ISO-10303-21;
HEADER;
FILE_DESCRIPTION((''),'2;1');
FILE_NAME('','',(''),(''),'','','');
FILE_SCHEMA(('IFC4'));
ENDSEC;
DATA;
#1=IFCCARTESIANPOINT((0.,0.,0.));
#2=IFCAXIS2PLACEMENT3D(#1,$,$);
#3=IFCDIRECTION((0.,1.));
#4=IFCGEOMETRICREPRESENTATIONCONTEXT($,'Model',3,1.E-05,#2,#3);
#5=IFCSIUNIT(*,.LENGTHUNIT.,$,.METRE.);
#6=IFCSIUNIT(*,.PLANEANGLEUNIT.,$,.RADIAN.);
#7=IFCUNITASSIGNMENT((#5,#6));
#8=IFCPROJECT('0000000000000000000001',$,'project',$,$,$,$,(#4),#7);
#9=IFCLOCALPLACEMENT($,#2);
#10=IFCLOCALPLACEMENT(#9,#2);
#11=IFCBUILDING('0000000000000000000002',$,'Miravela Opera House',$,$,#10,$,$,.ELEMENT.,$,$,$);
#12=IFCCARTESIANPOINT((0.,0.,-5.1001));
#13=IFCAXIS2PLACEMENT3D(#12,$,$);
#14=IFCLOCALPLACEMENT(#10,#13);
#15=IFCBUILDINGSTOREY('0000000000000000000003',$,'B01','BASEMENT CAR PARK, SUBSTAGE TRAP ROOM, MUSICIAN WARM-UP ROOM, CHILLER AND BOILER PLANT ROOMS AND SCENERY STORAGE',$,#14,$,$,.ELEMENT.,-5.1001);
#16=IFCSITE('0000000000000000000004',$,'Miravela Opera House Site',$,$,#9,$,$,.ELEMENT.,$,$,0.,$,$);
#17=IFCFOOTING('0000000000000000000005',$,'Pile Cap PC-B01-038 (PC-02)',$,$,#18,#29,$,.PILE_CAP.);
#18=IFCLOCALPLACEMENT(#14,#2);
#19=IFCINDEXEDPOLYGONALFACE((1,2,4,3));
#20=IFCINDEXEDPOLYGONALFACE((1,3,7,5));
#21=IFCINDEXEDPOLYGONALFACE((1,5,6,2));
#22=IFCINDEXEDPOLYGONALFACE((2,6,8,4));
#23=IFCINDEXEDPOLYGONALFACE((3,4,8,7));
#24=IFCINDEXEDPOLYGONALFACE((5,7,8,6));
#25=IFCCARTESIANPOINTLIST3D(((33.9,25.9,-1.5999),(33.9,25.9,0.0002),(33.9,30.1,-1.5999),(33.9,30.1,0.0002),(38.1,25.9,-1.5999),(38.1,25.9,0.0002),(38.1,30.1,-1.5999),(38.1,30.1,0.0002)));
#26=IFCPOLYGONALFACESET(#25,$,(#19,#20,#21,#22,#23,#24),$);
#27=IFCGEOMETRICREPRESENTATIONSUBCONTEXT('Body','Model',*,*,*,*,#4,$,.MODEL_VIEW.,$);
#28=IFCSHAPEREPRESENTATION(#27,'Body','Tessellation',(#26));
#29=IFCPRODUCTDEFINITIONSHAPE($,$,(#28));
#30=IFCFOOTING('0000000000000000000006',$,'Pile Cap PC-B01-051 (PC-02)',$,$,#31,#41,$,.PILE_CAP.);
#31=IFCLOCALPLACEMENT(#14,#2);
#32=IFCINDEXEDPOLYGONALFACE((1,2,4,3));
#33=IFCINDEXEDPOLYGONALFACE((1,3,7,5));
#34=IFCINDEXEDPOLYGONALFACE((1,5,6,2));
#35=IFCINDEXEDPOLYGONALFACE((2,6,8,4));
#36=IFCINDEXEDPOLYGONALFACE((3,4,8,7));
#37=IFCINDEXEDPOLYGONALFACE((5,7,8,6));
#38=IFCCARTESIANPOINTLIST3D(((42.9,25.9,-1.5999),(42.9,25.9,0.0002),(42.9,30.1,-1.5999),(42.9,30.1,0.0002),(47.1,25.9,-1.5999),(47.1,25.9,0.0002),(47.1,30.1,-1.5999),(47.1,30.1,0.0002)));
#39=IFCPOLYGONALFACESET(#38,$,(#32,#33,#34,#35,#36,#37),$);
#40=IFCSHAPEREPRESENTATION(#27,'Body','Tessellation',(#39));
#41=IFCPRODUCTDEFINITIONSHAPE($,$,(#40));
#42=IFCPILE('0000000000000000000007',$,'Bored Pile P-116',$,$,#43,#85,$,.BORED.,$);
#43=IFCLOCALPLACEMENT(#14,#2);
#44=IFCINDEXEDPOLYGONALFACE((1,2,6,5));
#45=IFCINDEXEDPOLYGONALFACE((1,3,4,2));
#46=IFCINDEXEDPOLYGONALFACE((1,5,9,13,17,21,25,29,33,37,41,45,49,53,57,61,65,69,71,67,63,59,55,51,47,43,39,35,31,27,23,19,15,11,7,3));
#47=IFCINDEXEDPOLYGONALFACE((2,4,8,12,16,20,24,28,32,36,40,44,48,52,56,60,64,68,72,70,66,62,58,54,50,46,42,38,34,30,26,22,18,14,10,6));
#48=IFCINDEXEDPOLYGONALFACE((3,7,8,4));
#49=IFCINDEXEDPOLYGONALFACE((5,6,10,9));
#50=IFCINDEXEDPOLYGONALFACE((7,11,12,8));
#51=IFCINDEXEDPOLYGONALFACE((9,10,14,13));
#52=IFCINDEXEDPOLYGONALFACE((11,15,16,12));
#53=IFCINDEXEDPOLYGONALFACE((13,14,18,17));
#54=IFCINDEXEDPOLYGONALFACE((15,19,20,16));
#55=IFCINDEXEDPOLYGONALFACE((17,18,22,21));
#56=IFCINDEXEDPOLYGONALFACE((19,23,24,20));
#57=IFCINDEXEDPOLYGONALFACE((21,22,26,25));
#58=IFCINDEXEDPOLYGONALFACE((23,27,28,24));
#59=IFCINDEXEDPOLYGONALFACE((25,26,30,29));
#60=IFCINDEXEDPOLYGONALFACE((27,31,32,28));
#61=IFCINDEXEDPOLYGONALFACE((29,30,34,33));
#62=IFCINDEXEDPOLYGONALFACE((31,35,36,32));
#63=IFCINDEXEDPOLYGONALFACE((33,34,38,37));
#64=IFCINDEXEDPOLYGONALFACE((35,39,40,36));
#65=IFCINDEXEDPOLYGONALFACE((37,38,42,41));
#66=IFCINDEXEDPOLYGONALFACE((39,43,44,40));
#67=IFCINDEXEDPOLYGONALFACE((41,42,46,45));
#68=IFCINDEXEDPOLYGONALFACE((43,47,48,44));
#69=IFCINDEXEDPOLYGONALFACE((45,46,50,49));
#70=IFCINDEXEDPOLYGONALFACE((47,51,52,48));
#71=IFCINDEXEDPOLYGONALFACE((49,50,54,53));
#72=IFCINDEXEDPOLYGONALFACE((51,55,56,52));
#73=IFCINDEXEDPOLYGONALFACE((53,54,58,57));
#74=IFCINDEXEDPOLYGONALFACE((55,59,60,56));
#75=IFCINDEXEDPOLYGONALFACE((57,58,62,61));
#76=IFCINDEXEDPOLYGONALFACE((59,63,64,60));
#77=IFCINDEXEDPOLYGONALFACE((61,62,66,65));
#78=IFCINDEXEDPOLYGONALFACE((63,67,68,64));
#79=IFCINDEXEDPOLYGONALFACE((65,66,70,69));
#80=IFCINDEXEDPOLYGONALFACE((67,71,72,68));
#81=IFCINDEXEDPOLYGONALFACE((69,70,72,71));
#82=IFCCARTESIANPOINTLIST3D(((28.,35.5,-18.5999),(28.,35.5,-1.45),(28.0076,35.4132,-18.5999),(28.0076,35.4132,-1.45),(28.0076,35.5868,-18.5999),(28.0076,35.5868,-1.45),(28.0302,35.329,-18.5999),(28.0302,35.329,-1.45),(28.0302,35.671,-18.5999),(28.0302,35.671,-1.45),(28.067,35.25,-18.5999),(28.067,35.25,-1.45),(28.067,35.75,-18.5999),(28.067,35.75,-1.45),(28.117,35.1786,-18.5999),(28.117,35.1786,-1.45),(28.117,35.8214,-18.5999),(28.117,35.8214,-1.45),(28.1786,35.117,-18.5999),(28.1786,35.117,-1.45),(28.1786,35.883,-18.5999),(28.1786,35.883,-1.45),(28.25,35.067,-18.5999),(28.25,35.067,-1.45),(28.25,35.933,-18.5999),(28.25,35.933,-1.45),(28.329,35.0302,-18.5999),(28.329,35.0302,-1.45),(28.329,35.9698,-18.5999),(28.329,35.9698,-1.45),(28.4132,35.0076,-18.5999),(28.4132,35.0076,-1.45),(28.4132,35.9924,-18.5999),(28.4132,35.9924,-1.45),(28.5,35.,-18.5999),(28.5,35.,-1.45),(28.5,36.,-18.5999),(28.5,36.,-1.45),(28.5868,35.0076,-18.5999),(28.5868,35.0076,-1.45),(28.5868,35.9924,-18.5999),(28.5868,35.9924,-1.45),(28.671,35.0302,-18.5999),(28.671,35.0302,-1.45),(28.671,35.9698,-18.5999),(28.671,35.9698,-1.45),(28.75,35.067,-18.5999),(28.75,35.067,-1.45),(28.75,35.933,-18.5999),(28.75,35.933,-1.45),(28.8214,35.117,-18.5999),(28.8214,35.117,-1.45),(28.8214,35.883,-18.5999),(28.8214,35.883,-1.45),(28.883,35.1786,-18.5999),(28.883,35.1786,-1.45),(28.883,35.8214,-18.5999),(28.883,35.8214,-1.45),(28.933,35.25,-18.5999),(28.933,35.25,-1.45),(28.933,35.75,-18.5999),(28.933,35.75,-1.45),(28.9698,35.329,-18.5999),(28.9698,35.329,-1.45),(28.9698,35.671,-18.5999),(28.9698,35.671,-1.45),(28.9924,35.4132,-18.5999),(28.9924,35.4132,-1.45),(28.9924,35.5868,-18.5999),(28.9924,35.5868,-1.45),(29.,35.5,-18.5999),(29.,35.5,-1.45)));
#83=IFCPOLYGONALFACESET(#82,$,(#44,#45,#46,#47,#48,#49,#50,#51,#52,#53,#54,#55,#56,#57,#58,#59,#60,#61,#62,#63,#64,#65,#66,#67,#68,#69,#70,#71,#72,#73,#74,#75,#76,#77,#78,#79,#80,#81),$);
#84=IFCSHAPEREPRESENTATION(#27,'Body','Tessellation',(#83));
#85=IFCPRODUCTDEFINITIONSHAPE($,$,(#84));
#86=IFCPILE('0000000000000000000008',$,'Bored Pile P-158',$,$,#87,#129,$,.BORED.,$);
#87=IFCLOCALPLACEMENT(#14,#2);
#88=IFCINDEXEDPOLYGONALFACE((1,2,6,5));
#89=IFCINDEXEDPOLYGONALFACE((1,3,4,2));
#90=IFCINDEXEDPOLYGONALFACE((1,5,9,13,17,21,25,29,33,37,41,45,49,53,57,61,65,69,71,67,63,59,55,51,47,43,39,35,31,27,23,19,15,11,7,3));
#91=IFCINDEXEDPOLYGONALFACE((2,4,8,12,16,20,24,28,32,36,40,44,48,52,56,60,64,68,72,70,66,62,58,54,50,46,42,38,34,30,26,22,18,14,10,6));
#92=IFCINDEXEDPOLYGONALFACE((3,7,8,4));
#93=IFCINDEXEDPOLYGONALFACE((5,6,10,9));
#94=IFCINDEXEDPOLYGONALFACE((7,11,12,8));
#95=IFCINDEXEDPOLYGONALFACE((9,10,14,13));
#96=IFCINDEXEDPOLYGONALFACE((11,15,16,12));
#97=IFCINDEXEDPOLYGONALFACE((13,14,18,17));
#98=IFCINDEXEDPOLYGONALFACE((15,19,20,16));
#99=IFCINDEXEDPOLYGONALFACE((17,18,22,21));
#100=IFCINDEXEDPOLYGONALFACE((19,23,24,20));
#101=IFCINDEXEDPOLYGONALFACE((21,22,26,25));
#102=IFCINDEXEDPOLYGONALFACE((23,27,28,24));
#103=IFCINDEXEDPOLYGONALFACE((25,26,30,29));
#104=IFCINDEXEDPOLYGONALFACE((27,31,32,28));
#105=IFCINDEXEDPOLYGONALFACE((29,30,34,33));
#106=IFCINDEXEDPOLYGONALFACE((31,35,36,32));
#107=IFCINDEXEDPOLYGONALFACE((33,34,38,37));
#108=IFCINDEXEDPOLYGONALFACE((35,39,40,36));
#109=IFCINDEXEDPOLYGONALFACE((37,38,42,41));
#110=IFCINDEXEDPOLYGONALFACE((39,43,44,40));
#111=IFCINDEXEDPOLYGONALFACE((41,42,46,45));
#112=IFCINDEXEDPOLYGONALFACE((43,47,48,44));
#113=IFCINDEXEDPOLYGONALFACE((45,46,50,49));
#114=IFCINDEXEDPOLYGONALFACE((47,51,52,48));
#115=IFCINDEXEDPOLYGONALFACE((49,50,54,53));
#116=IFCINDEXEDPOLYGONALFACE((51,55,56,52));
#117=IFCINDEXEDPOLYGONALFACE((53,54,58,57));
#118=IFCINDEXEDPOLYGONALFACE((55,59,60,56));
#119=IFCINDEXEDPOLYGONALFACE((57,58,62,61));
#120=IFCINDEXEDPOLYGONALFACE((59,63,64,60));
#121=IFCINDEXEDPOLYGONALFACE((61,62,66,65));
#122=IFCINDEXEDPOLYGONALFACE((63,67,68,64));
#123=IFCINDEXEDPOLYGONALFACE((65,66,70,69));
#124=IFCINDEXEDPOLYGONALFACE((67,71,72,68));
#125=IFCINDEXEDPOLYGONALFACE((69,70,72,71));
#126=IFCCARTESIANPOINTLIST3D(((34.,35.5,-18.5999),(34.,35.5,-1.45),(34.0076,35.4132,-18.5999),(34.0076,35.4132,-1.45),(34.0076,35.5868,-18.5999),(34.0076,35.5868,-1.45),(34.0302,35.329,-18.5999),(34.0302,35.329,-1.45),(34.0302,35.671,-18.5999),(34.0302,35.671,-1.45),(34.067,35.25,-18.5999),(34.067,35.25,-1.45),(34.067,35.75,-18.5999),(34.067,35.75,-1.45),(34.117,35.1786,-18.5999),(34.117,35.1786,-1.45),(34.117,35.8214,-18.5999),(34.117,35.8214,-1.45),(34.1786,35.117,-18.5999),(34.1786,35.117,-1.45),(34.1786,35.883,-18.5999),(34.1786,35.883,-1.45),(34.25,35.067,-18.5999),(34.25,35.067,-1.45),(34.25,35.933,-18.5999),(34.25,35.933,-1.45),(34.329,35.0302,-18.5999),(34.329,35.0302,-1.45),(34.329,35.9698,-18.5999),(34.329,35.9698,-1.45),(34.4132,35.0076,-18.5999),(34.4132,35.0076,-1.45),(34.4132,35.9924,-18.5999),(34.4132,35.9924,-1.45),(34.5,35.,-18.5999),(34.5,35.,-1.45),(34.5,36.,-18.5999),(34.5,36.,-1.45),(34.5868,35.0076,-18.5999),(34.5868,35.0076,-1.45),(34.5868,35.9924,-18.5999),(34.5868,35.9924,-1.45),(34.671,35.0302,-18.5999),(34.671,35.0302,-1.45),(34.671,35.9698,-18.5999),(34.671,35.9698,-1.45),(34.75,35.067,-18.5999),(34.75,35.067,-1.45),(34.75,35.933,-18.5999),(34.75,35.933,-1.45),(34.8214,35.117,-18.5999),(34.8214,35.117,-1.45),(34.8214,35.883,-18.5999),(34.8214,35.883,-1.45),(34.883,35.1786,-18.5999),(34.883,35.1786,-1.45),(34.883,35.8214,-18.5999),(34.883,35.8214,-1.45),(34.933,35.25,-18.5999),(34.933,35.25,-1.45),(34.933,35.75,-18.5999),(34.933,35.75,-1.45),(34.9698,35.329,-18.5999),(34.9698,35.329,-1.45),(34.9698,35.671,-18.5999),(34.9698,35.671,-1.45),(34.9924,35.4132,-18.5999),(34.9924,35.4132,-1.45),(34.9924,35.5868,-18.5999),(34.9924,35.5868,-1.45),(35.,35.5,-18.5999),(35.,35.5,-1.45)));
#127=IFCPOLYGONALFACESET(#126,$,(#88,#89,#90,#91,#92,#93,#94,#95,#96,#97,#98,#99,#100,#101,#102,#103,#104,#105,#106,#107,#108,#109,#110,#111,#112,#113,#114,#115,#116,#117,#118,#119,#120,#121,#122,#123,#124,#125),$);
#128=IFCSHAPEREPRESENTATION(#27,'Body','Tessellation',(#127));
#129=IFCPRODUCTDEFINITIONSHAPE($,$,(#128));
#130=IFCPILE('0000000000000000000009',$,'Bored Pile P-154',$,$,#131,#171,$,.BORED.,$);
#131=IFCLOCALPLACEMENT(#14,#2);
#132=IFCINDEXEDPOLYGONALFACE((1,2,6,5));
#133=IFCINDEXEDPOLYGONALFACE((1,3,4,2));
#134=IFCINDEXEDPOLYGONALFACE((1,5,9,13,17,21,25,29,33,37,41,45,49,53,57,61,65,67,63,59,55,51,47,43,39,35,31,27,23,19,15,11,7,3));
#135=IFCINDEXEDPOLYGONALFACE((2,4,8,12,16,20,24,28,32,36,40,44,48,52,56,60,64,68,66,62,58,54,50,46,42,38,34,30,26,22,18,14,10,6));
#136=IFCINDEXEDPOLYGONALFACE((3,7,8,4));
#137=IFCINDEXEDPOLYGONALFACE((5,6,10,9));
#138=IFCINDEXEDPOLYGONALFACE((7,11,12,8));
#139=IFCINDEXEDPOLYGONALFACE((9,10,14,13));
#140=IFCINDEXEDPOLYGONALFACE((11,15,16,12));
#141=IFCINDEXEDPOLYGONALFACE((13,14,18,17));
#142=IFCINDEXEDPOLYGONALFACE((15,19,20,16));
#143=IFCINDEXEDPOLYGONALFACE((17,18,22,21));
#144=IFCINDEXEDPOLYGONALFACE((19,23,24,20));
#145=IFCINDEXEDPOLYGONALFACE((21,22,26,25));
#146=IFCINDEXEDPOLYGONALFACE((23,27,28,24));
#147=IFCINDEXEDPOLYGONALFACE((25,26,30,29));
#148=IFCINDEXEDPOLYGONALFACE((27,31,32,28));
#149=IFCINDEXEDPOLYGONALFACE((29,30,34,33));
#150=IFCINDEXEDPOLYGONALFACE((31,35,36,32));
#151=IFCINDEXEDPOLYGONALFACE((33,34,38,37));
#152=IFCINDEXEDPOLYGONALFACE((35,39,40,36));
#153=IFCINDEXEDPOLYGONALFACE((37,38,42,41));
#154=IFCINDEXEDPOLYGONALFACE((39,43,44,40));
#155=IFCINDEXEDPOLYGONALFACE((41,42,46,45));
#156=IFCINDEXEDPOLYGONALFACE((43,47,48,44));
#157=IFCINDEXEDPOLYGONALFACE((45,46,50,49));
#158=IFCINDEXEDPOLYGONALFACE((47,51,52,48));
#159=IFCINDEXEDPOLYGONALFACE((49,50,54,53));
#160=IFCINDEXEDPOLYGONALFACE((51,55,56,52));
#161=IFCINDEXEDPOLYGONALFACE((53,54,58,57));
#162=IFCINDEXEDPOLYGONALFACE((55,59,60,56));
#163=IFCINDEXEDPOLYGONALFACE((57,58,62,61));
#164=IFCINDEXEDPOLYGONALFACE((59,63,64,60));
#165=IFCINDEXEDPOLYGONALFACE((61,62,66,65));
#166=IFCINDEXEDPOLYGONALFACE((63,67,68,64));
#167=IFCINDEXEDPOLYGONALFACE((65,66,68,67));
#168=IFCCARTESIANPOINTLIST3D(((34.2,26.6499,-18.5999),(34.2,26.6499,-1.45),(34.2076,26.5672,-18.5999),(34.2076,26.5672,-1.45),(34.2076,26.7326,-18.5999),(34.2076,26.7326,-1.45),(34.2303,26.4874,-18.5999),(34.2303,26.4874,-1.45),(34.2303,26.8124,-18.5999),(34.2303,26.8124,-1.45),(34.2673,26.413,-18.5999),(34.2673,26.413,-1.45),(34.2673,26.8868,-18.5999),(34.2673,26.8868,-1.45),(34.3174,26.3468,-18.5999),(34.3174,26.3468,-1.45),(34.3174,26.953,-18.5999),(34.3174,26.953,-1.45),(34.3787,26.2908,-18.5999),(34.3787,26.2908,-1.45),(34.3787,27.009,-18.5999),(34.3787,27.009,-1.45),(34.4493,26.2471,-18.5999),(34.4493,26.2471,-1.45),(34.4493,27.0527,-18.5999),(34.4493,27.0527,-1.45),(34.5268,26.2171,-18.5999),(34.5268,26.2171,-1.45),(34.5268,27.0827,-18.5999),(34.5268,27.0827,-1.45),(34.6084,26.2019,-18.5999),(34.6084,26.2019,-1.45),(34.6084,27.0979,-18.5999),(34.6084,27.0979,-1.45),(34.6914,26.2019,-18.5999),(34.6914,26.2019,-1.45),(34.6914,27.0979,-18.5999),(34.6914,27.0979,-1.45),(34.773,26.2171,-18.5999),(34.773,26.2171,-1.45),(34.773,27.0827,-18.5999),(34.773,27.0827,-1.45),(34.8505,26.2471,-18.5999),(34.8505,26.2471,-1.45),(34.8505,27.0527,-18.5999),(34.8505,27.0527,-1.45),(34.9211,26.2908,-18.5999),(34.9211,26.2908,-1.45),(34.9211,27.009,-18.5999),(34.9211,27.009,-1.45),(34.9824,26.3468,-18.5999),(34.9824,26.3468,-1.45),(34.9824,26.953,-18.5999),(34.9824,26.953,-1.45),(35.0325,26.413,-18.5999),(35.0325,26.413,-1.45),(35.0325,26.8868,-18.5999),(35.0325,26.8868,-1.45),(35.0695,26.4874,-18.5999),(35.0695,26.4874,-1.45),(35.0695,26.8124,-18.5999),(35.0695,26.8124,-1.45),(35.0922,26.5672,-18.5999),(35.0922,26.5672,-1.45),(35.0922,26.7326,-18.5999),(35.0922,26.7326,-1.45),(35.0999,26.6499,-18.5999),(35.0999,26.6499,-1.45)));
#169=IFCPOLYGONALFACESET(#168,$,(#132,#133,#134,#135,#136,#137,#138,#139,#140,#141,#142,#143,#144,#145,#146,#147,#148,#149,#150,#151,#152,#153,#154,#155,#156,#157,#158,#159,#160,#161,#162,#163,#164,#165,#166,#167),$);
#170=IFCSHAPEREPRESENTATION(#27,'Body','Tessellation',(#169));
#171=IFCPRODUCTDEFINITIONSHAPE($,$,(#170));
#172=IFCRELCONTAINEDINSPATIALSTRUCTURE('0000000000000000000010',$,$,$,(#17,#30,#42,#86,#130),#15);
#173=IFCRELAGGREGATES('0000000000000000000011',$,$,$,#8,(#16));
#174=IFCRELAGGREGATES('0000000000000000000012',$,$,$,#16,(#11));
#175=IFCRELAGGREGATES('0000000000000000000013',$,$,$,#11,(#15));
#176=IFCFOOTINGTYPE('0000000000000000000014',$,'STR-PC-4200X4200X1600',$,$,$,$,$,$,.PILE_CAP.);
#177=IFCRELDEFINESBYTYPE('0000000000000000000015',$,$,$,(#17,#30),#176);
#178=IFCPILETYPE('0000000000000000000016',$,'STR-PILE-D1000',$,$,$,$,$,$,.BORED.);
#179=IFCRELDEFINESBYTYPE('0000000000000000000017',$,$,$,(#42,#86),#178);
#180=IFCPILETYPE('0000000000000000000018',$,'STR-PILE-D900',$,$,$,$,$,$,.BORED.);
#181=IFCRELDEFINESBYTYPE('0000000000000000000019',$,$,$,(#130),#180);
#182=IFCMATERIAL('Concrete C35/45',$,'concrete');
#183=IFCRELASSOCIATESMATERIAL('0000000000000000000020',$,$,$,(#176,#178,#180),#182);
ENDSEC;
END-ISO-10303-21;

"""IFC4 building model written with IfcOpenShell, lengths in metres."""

from ifc_helpers import new_model, si_unit, direction, frame, origin, origin_2d, place, context, subcontext, project, spatial, rectangle, circle, extrude, material, material_profile, profile_set, type_object, element, save


model = new_model("IFC4")

# Units and contexts
model_context = context("Model", 3, precision=1e-05, world=origin(), true_north=direction((0.0, 1.0)))
body_context = subcontext(model_context, "Body", "Model", "MODEL_VIEW")
ifc_project = project(units=[si_unit("LENGTHUNIT", "METRE"), si_unit("PLANEANGLEUNIT", "RADIAN")], contexts=[model_context])

# Site, building, storey
site_placement = place(None, origin())
site = spatial("IfcSite", under=ifc_project, at=site_placement, Name="Miravela Opera House Site", CompositionType="ELEMENT", RefElevation=0.0)
building_placement = place(site_placement, origin())
building = spatial("IfcBuilding", under=site, at=building_placement, Name="Miravela Opera House", CompositionType="ELEMENT")
storey_placement = place(building_placement, frame((0.0, 0.0, -5.1001)))
storey = spatial("IfcBuildingStorey", under=building, at=storey_placement, Name="B01", Description="BASEMENT CAR PARK, SUBSTAGE TRAP ROOM, MUSICIAN WARM-UP ROOM, CHILLER AND BOILER PLANT ROOMS AND SCENERY STORAGE", CompositionType="ELEMENT", Elevation=-5.1001)

# Footings
ifc_material_1 = material(Name="Concrete C35/45", Category="concrete")
footing_type = type_object("IfcFootingType", Name="STR-PC-4200X4200X1600", PredefinedType="PILE_CAP", material=ifc_material_1)
for number, where, z_axis, x_axis, name in (
    (1, (36.0, 28.0, -1.5999), (0.0, 0.0, 1.0), (1.0, 0.0, 0.0), "Pile Cap PC-B01-038 (PC-02)"),
    (2, (45.0, 28.0, -1.5999), (0.0, 0.0, 1.0), (1.0, 0.0, 0.0), "Pile Cap PC-B01-051 (PC-02)"),
):
    element("IfcFooting", number, at=place(storey_placement, frame(where, z_axis=z_axis, x_axis=x_axis)), inside=storey, type_object=footing_type, Name=name, PredefinedType="PILE_CAP", context=body_context, shape_type="SweptSolid", body=[
        extrude(rectangle(XDim=4.2, YDim=4.2, at=origin_2d()), origin(), (0.0, 0.0, 1.0), 1.6001),
    ])

# Piles
ifc_material_profile_1 = material_profile(ifc_material_1, circle(Radius=0.5, at=origin_2d()), Name="PILE-D1000")
ifc_profile_set_1 = profile_set([ifc_material_profile_1])
pile_type_1 = type_object("IfcPileType", Name="STR-PILE-D1000", PredefinedType="BORED", material=ifc_profile_set_1)
for number, where, z_axis, x_axis, name in (
    (3, (28.5, 35.5, -1.45), (0.0, 0.0, -1.0), (1.0, 0.0, 0.0), "Bored Pile P-116"),
    (4, (34.5, 35.5, -1.45), (0.0, 0.0, -1.0), (1.0, 0.0, 0.0), "Bored Pile P-158"),
):
    element("IfcPile", number, at=place(storey_placement, frame(where, z_axis=z_axis, x_axis=x_axis)), inside=storey, type_object=pile_type_1, Name=name, PredefinedType="BORED", context=body_context, shape_type="SweptSolid", body=[
        extrude(circle(Radius=0.5, at=origin_2d()), origin(), (0.0, 0.0, 1.0), 17.1499),
    ])
ifc_material_profile_2 = material_profile(ifc_material_1, circle(Radius=0.45, at=origin_2d()), Name="PILE-D900")
ifc_profile_set_2 = profile_set([ifc_material_profile_2])
pile_type_2 = type_object("IfcPileType", Name="STR-PILE-D900", PredefinedType="BORED", material=ifc_profile_set_2)
for number, where, z_axis, x_axis, name in (
    (5, (34.6499, 26.6499, -1.45), (0.0, 0.0, -1.0), (1.0, 0.0, 0.0), "Bored Pile P-154"),
):
    element("IfcPile", number, at=place(storey_placement, frame(where, z_axis=z_axis, x_axis=x_axis)), inside=storey, type_object=pile_type_2, Name=name, PredefinedType="BORED", context=body_context, shape_type="SweptSolid", body=[
        extrude(circle(Radius=0.45, at=origin_2d()), origin(), (0.0, 0.0, 1.0), 17.1499),
    ])

save(model, "model.ifc")
